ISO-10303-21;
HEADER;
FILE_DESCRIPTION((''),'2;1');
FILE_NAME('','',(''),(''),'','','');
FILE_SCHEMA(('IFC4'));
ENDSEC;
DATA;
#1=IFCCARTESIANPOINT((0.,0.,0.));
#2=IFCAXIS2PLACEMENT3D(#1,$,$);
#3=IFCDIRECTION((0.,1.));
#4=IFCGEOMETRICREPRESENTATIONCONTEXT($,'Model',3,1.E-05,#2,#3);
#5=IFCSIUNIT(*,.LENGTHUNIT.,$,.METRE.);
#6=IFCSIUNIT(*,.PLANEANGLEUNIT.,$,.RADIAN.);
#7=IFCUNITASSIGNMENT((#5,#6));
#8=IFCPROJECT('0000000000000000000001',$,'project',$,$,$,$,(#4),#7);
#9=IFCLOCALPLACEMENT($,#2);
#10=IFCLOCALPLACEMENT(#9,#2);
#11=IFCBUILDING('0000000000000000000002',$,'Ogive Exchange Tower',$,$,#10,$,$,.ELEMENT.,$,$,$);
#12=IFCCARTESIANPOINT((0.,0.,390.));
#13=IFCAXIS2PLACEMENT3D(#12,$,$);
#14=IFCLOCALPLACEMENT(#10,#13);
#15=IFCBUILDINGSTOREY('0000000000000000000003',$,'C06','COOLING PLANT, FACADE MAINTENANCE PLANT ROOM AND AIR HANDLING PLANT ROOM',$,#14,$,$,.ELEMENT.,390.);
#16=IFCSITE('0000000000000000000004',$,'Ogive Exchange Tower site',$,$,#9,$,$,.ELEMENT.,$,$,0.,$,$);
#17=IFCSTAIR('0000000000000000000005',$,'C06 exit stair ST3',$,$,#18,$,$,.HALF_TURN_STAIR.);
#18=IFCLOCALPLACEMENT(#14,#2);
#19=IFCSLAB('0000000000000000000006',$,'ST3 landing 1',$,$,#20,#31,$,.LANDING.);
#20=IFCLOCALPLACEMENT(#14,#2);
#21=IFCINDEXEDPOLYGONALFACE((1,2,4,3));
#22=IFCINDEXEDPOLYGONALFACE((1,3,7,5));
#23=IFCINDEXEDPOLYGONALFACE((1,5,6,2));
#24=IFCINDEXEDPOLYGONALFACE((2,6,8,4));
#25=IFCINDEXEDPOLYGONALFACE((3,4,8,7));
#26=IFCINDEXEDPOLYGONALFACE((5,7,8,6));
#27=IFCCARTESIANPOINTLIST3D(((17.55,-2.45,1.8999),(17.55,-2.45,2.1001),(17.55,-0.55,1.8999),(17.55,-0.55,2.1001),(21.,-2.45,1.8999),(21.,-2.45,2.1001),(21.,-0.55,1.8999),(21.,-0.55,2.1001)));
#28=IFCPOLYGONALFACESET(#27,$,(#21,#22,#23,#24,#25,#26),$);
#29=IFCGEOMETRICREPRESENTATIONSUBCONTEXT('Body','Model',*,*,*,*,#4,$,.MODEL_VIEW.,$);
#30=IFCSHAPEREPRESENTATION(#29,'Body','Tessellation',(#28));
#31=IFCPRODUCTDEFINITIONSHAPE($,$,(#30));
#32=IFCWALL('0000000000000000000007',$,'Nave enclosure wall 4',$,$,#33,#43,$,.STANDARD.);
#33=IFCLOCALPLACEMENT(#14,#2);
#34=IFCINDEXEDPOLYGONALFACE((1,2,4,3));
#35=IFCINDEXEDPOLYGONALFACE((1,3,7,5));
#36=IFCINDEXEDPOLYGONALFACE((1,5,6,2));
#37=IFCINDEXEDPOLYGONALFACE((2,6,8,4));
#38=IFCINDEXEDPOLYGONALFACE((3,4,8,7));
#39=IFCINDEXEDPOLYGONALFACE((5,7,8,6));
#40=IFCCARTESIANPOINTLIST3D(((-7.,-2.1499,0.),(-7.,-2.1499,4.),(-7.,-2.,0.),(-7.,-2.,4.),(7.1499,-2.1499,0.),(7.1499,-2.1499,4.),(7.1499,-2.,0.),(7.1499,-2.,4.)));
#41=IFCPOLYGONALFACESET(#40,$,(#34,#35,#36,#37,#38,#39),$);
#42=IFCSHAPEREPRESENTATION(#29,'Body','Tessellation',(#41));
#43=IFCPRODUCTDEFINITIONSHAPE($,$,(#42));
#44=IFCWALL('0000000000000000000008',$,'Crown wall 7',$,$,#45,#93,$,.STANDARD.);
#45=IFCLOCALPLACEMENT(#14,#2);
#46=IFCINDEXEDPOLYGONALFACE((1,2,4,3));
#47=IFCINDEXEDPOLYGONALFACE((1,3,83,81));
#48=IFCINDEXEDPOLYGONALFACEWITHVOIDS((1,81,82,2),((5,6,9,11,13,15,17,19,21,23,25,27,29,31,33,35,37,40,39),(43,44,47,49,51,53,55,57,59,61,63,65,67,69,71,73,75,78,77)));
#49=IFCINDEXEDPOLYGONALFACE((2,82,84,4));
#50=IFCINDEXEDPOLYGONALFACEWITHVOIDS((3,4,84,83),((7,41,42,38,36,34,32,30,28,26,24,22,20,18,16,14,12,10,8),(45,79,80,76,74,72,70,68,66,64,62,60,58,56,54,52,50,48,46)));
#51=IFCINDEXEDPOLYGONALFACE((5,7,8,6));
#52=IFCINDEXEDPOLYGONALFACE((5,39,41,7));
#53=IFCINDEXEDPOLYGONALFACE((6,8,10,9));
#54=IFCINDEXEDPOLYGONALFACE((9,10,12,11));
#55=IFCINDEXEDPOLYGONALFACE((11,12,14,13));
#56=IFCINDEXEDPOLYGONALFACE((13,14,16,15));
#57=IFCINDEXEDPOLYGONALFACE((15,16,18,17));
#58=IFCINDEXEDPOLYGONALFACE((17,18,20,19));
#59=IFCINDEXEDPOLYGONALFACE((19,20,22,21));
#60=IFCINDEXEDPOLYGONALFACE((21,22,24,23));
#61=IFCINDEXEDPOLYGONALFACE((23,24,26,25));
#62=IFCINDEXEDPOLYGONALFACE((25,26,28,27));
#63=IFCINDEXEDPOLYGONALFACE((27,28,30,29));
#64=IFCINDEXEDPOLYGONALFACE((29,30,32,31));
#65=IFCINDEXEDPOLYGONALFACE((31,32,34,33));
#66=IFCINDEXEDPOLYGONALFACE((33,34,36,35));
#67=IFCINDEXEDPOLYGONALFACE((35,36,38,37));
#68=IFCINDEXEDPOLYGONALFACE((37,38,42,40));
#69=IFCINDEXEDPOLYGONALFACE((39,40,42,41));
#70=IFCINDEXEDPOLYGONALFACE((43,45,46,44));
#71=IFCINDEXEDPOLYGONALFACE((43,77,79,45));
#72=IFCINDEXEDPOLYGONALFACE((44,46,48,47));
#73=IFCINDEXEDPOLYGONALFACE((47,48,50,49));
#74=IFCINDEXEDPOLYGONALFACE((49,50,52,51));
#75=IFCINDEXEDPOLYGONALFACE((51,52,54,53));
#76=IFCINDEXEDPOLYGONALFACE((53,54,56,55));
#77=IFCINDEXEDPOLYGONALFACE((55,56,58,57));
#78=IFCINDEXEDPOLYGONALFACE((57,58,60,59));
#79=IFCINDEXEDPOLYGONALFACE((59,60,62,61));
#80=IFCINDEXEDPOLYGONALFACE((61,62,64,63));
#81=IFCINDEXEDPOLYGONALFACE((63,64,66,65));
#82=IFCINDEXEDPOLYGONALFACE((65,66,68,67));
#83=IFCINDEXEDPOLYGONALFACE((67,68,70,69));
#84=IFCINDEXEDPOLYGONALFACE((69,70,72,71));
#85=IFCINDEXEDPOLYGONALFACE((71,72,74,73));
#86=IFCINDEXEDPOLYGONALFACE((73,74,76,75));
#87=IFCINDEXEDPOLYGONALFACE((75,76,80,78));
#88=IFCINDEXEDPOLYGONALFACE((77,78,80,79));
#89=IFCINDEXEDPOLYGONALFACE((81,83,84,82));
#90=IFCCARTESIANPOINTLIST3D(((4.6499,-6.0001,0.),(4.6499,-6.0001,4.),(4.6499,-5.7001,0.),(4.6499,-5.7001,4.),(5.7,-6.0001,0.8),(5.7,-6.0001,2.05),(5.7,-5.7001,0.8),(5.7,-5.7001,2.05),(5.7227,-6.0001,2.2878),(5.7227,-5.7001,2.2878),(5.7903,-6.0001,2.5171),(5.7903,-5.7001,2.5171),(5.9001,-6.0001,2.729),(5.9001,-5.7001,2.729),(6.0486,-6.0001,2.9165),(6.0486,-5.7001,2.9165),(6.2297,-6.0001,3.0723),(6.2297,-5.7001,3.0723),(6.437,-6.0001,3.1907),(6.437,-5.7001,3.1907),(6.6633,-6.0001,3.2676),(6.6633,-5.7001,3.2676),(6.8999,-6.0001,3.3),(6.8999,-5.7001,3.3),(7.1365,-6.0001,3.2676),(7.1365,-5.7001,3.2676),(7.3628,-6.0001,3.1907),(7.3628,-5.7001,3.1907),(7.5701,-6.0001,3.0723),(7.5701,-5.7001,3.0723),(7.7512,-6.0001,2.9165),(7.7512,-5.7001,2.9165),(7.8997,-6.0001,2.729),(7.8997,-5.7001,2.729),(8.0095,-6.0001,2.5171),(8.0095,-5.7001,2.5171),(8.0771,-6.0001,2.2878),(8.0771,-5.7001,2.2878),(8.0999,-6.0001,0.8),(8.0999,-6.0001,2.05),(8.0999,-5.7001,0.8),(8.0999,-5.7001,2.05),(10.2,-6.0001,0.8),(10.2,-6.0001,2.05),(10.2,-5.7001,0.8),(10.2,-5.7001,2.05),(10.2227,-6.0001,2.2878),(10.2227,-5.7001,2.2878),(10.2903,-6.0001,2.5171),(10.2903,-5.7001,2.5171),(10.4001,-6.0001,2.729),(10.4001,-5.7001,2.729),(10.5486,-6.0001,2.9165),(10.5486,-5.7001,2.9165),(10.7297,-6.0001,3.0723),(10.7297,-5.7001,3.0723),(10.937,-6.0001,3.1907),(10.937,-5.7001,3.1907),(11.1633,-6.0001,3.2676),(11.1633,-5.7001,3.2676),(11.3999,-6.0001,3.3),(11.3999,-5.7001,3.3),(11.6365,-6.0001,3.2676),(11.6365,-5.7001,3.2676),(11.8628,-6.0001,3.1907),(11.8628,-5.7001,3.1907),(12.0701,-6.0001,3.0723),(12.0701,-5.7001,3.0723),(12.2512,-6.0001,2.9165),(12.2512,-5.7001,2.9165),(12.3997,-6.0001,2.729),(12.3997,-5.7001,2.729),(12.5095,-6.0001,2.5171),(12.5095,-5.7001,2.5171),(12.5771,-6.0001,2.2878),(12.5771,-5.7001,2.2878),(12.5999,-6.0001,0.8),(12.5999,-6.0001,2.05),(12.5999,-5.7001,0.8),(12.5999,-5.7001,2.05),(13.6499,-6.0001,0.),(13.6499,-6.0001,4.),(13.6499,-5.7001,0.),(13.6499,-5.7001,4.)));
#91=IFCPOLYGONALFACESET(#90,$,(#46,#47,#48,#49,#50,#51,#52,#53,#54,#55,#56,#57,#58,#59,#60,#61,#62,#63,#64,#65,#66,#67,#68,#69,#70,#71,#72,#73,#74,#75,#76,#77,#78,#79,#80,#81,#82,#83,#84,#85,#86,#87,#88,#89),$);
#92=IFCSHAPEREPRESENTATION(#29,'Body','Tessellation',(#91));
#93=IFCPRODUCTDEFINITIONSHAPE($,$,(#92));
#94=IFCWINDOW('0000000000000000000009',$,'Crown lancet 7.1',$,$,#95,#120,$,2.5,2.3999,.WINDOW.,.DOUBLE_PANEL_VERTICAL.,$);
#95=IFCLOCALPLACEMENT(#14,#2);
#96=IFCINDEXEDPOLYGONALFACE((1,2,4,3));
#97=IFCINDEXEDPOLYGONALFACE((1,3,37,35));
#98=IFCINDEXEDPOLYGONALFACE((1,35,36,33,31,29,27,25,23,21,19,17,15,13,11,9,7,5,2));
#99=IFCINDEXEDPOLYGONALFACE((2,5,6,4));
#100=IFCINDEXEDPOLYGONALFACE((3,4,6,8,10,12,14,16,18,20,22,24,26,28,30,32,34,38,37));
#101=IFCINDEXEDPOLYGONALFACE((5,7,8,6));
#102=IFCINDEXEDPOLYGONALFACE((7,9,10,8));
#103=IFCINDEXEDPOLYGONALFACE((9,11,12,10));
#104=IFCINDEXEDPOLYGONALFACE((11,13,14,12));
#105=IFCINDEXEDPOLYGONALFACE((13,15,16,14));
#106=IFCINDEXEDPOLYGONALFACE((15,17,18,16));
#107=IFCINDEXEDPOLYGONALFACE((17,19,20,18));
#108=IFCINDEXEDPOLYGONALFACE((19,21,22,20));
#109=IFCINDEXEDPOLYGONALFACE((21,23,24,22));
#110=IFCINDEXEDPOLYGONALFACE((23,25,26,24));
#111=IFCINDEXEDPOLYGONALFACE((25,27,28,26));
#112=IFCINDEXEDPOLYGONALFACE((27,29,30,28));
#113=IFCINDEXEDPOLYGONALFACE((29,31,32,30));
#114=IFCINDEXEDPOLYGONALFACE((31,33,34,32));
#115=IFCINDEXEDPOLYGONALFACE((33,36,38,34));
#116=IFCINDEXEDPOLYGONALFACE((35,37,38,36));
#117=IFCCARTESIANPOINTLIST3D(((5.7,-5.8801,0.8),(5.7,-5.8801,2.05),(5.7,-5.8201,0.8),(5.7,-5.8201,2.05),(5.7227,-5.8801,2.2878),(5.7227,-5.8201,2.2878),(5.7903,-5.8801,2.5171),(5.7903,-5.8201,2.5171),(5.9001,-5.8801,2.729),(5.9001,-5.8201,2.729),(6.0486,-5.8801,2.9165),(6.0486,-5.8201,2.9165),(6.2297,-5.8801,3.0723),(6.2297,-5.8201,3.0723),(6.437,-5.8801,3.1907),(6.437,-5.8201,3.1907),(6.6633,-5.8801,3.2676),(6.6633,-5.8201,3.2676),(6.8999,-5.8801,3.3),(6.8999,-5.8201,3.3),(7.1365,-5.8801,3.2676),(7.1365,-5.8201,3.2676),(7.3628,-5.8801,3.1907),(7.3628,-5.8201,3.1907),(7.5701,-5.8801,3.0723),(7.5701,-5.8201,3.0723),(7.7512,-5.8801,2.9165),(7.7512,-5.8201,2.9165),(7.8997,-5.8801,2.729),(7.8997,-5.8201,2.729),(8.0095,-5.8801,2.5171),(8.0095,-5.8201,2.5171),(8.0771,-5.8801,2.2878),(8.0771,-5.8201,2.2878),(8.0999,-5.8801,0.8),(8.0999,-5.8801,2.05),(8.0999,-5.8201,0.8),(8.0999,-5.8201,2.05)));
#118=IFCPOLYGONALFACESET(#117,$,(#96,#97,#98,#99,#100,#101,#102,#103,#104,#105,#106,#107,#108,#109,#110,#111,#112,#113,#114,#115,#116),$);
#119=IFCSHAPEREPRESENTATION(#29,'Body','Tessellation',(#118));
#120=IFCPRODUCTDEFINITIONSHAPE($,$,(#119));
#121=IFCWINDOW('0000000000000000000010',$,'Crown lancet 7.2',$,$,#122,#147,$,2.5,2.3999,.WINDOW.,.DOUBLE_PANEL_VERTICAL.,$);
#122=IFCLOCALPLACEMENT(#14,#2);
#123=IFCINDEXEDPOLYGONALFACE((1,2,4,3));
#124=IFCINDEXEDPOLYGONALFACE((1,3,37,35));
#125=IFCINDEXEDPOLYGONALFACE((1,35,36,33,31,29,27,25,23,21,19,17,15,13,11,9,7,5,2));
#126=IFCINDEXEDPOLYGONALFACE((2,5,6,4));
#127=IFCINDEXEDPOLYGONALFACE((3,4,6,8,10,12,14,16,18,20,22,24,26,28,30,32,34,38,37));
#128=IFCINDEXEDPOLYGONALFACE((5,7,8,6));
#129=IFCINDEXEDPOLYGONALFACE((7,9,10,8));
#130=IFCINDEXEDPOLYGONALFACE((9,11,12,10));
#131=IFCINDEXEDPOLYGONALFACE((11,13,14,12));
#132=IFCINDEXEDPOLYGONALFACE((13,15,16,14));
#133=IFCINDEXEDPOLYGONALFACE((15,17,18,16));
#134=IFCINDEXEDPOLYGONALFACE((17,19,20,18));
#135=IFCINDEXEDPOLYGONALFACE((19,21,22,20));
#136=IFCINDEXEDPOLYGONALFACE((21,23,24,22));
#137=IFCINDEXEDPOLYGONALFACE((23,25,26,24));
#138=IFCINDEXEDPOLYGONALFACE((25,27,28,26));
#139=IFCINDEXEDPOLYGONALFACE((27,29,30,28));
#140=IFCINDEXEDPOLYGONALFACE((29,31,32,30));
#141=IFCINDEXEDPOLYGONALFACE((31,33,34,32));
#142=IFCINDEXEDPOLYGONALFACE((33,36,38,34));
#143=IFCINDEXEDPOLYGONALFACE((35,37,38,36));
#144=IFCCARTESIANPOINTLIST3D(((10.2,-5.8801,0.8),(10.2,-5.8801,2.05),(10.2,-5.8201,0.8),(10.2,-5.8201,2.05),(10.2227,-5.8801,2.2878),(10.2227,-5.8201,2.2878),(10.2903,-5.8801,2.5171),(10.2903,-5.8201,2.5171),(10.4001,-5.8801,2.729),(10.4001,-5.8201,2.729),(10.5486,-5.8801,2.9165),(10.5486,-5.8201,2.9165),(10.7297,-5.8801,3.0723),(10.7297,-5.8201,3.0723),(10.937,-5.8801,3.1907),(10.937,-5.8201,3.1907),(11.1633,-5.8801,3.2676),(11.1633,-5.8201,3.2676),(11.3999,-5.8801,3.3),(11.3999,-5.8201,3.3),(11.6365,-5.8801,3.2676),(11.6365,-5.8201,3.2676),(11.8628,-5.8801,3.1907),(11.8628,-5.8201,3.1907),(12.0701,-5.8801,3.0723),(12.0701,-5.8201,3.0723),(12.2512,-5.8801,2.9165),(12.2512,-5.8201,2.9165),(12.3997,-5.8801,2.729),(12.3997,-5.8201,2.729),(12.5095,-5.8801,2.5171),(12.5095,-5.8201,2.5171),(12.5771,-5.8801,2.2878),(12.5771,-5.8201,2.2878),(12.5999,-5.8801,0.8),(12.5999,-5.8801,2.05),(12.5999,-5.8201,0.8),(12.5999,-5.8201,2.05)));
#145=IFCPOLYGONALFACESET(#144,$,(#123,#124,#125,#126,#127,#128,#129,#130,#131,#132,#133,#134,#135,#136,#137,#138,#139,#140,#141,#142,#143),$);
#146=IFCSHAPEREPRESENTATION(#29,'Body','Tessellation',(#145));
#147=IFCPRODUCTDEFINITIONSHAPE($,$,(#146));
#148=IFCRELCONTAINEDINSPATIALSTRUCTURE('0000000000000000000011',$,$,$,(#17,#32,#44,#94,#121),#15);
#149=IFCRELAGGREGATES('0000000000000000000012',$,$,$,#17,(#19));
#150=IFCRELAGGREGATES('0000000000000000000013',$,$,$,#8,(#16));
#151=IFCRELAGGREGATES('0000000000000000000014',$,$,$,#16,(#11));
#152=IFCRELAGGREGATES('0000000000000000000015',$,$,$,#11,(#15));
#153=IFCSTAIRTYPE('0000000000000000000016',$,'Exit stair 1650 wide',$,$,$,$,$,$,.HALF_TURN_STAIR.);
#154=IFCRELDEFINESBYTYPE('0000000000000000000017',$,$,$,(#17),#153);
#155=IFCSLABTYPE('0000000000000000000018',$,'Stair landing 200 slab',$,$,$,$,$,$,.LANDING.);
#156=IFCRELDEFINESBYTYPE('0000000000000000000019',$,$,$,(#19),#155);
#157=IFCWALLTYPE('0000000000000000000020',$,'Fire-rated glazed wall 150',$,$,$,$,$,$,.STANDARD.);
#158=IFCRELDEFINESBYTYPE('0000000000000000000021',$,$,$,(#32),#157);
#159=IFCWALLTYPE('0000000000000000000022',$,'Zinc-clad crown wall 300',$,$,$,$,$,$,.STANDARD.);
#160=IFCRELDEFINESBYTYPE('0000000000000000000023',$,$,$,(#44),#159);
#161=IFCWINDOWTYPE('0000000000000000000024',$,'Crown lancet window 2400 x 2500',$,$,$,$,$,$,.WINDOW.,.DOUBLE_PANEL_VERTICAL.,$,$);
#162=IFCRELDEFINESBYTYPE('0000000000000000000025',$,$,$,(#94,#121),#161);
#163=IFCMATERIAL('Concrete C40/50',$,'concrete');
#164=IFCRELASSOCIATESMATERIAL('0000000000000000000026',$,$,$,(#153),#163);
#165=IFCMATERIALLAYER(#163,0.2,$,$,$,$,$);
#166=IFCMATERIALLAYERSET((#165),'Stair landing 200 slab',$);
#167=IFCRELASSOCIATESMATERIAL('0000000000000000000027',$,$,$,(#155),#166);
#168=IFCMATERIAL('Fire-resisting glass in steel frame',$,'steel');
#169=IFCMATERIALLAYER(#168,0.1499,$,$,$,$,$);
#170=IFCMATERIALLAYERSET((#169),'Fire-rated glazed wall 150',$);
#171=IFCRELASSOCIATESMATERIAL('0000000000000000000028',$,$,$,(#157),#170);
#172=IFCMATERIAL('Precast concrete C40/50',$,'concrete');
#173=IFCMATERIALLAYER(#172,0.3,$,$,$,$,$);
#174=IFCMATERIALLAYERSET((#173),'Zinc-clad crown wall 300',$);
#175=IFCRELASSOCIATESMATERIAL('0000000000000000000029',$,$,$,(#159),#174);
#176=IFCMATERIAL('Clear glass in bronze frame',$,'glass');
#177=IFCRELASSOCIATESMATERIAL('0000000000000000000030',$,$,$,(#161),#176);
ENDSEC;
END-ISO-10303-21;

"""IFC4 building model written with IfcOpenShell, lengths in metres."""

from ifc_helpers import new_model, si_unit, direction, frame, frame_2d, origin, place, context, subcontext, project, spatial, polyline, rectangle, outline, extrude, material, layer, layer_set, type_object, element, fill, aggregate, save


model = new_model("IFC4")

# Units and contexts
model_context = context("Model", 3, precision=1e-05, world=origin(), true_north=direction((0.0, 1.0)))
body_context = subcontext(model_context, "Body", "Model", "MODEL_VIEW")
ifc_project = project(units=[si_unit("LENGTHUNIT", "METRE"), si_unit("PLANEANGLEUNIT", "RADIAN")], contexts=[model_context])

# Site, building, storey
site_placement = place(None, origin())
site = spatial("IfcSite", under=ifc_project, at=site_placement, Name="Ogive Exchange Tower site", CompositionType="ELEMENT", RefElevation=0.0)
building_placement = place(site_placement, origin())
building = spatial("IfcBuilding", under=site, at=building_placement, Name="Ogive Exchange Tower", CompositionType="ELEMENT")
storey_placement = place(building_placement, frame((0.0, 0.0, 390.0)))
storey = spatial("IfcBuildingStorey", under=building, at=storey_placement, Name="C06", Description="COOLING PLANT, FACADE MAINTENANCE PLANT ROOM AND AIR HANDLING PLANT ROOM", CompositionType="ELEMENT", Elevation=390.0)

# Stair, slab
ifc_material_1 = material(Name="Concrete C40/50", Category="concrete")
stair_type = type_object("IfcStairType", Name="Exit stair 1650 wide", PredefinedType="HALF_TURN_STAIR", material=ifc_material_1)
ifc_layer_1 = layer(ifc_material_1, 0.2)
ifc_layer_set_1 = layer_set([ifc_layer_1], Name="Stair landing 200 slab")
slab_type_1 = type_object("IfcSlabType", Name="Stair landing 200 slab", PredefinedType="LANDING", material=ifc_layer_set_1)
stair_1_placement = place(storey_placement, origin())
stair_1 = element("IfcStair", 1, at=stair_1_placement, inside=storey, type_object=stair_type, Name="C06 exit stair ST3", PredefinedType="HALF_TURN_STAIR")
slab_1_placement = place(storey_placement, frame((0.0, 0.0, 1.8999)))
slab_1 = element("IfcSlab", 2, at=slab_1_placement, type_object=slab_type_1, Name="ST3 landing 1", PredefinedType="LANDING", context=body_context, shape_type="SweptSolid", body=[
    extrude(outline(polyline([(17.55, -0.55), (17.55, -2.45), (21.0, -2.45), (21.0, -0.55), (17.55, -0.55)])), origin(), (0.0, 0.0, 1.0), 0.2002),
])
aggregate(stair_1, [slab_1])

# Wall
ifc_material_2 = material(Name="Fire-resisting glass in steel frame", Category="steel")
ifc_layer_2 = layer(ifc_material_2, 0.1499)
ifc_layer_set_2 = layer_set([ifc_layer_2], Name="Fire-rated glazed wall 150")
wall_type_1 = type_object("IfcWallType", Name="Fire-rated glazed wall 150", PredefinedType="STANDARD", material=ifc_layer_set_2)
wall_1_placement = place(storey_placement, frame((7.1499, -2.075, 0.0), z_axis=(0.0, 0.0, 1.0), x_axis=(-1.0, 0.0, 0.0)))
element("IfcWall", 3, at=wall_1_placement, inside=storey, type_object=wall_type_1, Name="Nave enclosure wall 4", PredefinedType="STANDARD", context=body_context, shape_type="SweptSolid", body=[
    extrude(rectangle(XDim=14.1499, YDim=0.1499, at=frame_2d((7.075, 0.0))), origin(), (0.0, 0.0, 1.0), 4.0),
])

# Wall, openings, windows
ifc_material_3 = material(Name="Precast concrete C40/50", Category="concrete")
ifc_layer_3 = layer(ifc_material_3, 0.3)
ifc_layer_set_3 = layer_set([ifc_layer_3], Name="Zinc-clad crown wall 300")
wall_type_2 = type_object("IfcWallType", Name="Zinc-clad crown wall 300", PredefinedType="STANDARD", material=ifc_layer_set_3)
wall_2_placement = place(storey_placement, frame((4.6499, -5.8501, 0.0), z_axis=(0.0, 0.0, 1.0), x_axis=(1.0, 0.0, 0.0)))
wall_2 = element("IfcWall", 4, at=wall_2_placement, inside=storey, type_object=wall_type_2, Name="Crown wall 7", PredefinedType="STANDARD", context=body_context, shape_type="SweptSolid", body=[
    extrude(rectangle(XDim=9.0, YDim=0.3, at=frame_2d((4.5, 0.0))), origin(), (0.0, 0.0, 1.0), 4.0),
])
opening_1_placement = place(wall_2_placement, frame((1.05, 0.0, 0.8)))
opening_1 = element("IfcOpeningElement", 5, at=opening_1_placement, cuts=wall_2, PredefinedType="OPENING", context=body_context, shape_type="SweptSolid", body=[
    extrude(outline(polyline([(0.0, 0.0), (2.3999, 0.0), (2.3999, 1.25), (2.3772, 1.4878), (2.3096, 1.717), (2.1997, 1.929), (2.0513, 2.1165), (1.8701, 2.2722), (1.6628, 2.3906), (1.4365, 2.4675), (1.2, 2.5), (0.9634, 2.4675), (0.7371, 2.3906), (0.5298, 2.2722), (0.3486, 2.1165), (0.2002, 1.929), (0.0903, 1.717), (0.0227, 1.4878), (0.0, 1.25), (0.0, 0.0)])), frame((0.0, 0.1599, 0.0), z_axis=(0.0, -1.0, 0.0), x_axis=(1.0, 0.0, 0.0)), (0.0, 0.0, 1.0), 0.3201),
])
opening_2_placement = place(wall_2_placement, frame((5.55, 0.0, 0.8)))
opening_2 = element("IfcOpeningElement", 6, at=opening_2_placement, cuts=wall_2, PredefinedType="OPENING", context=body_context, shape_type="SweptSolid", body=[
    extrude(outline(polyline([(0.0, 0.0), (2.3999, 0.0), (2.3999, 1.25), (2.3772, 1.4878), (2.3096, 1.717), (2.1997, 1.929), (2.0513, 2.1165), (1.8701, 2.2722), (1.6628, 2.3906), (1.4365, 2.4675), (1.2, 2.5), (0.9634, 2.4675), (0.7371, 2.3906), (0.5298, 2.2722), (0.3486, 2.1165), (0.2002, 1.929), (0.0903, 1.717), (0.0227, 1.4878), (0.0, 1.25), (0.0, 0.0)])), frame((0.0, 0.1599, 0.0), z_axis=(0.0, -1.0, 0.0), x_axis=(1.0, 0.0, 0.0)), (0.0, 0.0, 1.0), 0.3201),
])
ifc_material_4 = material(Name="Clear glass in bronze frame", Category="glass")
window_type = type_object("IfcWindowType", Name="Crown lancet window 2400 x 2500", PartitioningType="DOUBLE_PANEL_VERTICAL", PredefinedType="WINDOW", material=ifc_material_4)
window_1_placement = place(opening_1_placement, origin())
window_1 = element("IfcWindow", 7, at=window_1_placement, inside=storey, type_object=window_type, Name="Crown lancet 7.1", OverallHeight=2.5, OverallWidth=2.3999, PartitioningType="DOUBLE_PANEL_VERTICAL", PredefinedType="WINDOW", context=body_context, shape_type="SweptSolid", body=[
    extrude(outline(polyline([(0.0, 0.0), (2.3999, 0.0), (2.3999, 1.25), (2.3772, 1.4878), (2.3096, 1.717), (2.1997, 1.929), (2.0513, 2.1165), (1.8701, 2.2722), (1.6628, 2.3906), (1.4365, 2.4675), (1.2, 2.5), (0.9634, 2.4675), (0.7371, 2.3906), (0.5298, 2.2722), (0.3486, 2.1165), (0.2002, 1.929), (0.0903, 1.717), (0.0227, 1.4878), (0.0, 1.25), (0.0, 0.0)])), frame((0.0, 0.03, 0.0), z_axis=(0.0, -1.0, 0.0), x_axis=(1.0, 0.0, 0.0)), (0.0, 0.0, 1.0), 0.0601),
])
fill(opening_1, window_1)
window_2_placement = place(opening_2_placement, origin())
window_2 = element("IfcWindow", 8, at=window_2_placement, inside=storey, type_object=window_type, Name="Crown lancet 7.2", OverallHeight=2.5, OverallWidth=2.3999, PartitioningType="DOUBLE_PANEL_VERTICAL", PredefinedType="WINDOW", context=body_context, shape_type="SweptSolid", body=[
    extrude(outline(polyline([(0.0, 0.0), (2.3999, 0.0), (2.3999, 1.25), (2.3772, 1.4878), (2.3096, 1.717), (2.1997, 1.929), (2.0513, 2.1165), (1.8701, 2.2722), (1.6628, 2.3906), (1.4365, 2.4675), (1.2, 2.5), (0.9634, 2.4675), (0.7371, 2.3906), (0.5298, 2.2722), (0.3486, 2.1165), (0.2002, 1.929), (0.0903, 1.717), (0.0227, 1.4878), (0.0, 1.25), (0.0, 0.0)])), frame((0.0, 0.03, 0.0), z_axis=(0.0, -1.0, 0.0), x_axis=(1.0, 0.0, 0.0)), (0.0, 0.0, 1.0), 0.0601),
])
fill(opening_2, window_2)

save(model, "model.ifc")
